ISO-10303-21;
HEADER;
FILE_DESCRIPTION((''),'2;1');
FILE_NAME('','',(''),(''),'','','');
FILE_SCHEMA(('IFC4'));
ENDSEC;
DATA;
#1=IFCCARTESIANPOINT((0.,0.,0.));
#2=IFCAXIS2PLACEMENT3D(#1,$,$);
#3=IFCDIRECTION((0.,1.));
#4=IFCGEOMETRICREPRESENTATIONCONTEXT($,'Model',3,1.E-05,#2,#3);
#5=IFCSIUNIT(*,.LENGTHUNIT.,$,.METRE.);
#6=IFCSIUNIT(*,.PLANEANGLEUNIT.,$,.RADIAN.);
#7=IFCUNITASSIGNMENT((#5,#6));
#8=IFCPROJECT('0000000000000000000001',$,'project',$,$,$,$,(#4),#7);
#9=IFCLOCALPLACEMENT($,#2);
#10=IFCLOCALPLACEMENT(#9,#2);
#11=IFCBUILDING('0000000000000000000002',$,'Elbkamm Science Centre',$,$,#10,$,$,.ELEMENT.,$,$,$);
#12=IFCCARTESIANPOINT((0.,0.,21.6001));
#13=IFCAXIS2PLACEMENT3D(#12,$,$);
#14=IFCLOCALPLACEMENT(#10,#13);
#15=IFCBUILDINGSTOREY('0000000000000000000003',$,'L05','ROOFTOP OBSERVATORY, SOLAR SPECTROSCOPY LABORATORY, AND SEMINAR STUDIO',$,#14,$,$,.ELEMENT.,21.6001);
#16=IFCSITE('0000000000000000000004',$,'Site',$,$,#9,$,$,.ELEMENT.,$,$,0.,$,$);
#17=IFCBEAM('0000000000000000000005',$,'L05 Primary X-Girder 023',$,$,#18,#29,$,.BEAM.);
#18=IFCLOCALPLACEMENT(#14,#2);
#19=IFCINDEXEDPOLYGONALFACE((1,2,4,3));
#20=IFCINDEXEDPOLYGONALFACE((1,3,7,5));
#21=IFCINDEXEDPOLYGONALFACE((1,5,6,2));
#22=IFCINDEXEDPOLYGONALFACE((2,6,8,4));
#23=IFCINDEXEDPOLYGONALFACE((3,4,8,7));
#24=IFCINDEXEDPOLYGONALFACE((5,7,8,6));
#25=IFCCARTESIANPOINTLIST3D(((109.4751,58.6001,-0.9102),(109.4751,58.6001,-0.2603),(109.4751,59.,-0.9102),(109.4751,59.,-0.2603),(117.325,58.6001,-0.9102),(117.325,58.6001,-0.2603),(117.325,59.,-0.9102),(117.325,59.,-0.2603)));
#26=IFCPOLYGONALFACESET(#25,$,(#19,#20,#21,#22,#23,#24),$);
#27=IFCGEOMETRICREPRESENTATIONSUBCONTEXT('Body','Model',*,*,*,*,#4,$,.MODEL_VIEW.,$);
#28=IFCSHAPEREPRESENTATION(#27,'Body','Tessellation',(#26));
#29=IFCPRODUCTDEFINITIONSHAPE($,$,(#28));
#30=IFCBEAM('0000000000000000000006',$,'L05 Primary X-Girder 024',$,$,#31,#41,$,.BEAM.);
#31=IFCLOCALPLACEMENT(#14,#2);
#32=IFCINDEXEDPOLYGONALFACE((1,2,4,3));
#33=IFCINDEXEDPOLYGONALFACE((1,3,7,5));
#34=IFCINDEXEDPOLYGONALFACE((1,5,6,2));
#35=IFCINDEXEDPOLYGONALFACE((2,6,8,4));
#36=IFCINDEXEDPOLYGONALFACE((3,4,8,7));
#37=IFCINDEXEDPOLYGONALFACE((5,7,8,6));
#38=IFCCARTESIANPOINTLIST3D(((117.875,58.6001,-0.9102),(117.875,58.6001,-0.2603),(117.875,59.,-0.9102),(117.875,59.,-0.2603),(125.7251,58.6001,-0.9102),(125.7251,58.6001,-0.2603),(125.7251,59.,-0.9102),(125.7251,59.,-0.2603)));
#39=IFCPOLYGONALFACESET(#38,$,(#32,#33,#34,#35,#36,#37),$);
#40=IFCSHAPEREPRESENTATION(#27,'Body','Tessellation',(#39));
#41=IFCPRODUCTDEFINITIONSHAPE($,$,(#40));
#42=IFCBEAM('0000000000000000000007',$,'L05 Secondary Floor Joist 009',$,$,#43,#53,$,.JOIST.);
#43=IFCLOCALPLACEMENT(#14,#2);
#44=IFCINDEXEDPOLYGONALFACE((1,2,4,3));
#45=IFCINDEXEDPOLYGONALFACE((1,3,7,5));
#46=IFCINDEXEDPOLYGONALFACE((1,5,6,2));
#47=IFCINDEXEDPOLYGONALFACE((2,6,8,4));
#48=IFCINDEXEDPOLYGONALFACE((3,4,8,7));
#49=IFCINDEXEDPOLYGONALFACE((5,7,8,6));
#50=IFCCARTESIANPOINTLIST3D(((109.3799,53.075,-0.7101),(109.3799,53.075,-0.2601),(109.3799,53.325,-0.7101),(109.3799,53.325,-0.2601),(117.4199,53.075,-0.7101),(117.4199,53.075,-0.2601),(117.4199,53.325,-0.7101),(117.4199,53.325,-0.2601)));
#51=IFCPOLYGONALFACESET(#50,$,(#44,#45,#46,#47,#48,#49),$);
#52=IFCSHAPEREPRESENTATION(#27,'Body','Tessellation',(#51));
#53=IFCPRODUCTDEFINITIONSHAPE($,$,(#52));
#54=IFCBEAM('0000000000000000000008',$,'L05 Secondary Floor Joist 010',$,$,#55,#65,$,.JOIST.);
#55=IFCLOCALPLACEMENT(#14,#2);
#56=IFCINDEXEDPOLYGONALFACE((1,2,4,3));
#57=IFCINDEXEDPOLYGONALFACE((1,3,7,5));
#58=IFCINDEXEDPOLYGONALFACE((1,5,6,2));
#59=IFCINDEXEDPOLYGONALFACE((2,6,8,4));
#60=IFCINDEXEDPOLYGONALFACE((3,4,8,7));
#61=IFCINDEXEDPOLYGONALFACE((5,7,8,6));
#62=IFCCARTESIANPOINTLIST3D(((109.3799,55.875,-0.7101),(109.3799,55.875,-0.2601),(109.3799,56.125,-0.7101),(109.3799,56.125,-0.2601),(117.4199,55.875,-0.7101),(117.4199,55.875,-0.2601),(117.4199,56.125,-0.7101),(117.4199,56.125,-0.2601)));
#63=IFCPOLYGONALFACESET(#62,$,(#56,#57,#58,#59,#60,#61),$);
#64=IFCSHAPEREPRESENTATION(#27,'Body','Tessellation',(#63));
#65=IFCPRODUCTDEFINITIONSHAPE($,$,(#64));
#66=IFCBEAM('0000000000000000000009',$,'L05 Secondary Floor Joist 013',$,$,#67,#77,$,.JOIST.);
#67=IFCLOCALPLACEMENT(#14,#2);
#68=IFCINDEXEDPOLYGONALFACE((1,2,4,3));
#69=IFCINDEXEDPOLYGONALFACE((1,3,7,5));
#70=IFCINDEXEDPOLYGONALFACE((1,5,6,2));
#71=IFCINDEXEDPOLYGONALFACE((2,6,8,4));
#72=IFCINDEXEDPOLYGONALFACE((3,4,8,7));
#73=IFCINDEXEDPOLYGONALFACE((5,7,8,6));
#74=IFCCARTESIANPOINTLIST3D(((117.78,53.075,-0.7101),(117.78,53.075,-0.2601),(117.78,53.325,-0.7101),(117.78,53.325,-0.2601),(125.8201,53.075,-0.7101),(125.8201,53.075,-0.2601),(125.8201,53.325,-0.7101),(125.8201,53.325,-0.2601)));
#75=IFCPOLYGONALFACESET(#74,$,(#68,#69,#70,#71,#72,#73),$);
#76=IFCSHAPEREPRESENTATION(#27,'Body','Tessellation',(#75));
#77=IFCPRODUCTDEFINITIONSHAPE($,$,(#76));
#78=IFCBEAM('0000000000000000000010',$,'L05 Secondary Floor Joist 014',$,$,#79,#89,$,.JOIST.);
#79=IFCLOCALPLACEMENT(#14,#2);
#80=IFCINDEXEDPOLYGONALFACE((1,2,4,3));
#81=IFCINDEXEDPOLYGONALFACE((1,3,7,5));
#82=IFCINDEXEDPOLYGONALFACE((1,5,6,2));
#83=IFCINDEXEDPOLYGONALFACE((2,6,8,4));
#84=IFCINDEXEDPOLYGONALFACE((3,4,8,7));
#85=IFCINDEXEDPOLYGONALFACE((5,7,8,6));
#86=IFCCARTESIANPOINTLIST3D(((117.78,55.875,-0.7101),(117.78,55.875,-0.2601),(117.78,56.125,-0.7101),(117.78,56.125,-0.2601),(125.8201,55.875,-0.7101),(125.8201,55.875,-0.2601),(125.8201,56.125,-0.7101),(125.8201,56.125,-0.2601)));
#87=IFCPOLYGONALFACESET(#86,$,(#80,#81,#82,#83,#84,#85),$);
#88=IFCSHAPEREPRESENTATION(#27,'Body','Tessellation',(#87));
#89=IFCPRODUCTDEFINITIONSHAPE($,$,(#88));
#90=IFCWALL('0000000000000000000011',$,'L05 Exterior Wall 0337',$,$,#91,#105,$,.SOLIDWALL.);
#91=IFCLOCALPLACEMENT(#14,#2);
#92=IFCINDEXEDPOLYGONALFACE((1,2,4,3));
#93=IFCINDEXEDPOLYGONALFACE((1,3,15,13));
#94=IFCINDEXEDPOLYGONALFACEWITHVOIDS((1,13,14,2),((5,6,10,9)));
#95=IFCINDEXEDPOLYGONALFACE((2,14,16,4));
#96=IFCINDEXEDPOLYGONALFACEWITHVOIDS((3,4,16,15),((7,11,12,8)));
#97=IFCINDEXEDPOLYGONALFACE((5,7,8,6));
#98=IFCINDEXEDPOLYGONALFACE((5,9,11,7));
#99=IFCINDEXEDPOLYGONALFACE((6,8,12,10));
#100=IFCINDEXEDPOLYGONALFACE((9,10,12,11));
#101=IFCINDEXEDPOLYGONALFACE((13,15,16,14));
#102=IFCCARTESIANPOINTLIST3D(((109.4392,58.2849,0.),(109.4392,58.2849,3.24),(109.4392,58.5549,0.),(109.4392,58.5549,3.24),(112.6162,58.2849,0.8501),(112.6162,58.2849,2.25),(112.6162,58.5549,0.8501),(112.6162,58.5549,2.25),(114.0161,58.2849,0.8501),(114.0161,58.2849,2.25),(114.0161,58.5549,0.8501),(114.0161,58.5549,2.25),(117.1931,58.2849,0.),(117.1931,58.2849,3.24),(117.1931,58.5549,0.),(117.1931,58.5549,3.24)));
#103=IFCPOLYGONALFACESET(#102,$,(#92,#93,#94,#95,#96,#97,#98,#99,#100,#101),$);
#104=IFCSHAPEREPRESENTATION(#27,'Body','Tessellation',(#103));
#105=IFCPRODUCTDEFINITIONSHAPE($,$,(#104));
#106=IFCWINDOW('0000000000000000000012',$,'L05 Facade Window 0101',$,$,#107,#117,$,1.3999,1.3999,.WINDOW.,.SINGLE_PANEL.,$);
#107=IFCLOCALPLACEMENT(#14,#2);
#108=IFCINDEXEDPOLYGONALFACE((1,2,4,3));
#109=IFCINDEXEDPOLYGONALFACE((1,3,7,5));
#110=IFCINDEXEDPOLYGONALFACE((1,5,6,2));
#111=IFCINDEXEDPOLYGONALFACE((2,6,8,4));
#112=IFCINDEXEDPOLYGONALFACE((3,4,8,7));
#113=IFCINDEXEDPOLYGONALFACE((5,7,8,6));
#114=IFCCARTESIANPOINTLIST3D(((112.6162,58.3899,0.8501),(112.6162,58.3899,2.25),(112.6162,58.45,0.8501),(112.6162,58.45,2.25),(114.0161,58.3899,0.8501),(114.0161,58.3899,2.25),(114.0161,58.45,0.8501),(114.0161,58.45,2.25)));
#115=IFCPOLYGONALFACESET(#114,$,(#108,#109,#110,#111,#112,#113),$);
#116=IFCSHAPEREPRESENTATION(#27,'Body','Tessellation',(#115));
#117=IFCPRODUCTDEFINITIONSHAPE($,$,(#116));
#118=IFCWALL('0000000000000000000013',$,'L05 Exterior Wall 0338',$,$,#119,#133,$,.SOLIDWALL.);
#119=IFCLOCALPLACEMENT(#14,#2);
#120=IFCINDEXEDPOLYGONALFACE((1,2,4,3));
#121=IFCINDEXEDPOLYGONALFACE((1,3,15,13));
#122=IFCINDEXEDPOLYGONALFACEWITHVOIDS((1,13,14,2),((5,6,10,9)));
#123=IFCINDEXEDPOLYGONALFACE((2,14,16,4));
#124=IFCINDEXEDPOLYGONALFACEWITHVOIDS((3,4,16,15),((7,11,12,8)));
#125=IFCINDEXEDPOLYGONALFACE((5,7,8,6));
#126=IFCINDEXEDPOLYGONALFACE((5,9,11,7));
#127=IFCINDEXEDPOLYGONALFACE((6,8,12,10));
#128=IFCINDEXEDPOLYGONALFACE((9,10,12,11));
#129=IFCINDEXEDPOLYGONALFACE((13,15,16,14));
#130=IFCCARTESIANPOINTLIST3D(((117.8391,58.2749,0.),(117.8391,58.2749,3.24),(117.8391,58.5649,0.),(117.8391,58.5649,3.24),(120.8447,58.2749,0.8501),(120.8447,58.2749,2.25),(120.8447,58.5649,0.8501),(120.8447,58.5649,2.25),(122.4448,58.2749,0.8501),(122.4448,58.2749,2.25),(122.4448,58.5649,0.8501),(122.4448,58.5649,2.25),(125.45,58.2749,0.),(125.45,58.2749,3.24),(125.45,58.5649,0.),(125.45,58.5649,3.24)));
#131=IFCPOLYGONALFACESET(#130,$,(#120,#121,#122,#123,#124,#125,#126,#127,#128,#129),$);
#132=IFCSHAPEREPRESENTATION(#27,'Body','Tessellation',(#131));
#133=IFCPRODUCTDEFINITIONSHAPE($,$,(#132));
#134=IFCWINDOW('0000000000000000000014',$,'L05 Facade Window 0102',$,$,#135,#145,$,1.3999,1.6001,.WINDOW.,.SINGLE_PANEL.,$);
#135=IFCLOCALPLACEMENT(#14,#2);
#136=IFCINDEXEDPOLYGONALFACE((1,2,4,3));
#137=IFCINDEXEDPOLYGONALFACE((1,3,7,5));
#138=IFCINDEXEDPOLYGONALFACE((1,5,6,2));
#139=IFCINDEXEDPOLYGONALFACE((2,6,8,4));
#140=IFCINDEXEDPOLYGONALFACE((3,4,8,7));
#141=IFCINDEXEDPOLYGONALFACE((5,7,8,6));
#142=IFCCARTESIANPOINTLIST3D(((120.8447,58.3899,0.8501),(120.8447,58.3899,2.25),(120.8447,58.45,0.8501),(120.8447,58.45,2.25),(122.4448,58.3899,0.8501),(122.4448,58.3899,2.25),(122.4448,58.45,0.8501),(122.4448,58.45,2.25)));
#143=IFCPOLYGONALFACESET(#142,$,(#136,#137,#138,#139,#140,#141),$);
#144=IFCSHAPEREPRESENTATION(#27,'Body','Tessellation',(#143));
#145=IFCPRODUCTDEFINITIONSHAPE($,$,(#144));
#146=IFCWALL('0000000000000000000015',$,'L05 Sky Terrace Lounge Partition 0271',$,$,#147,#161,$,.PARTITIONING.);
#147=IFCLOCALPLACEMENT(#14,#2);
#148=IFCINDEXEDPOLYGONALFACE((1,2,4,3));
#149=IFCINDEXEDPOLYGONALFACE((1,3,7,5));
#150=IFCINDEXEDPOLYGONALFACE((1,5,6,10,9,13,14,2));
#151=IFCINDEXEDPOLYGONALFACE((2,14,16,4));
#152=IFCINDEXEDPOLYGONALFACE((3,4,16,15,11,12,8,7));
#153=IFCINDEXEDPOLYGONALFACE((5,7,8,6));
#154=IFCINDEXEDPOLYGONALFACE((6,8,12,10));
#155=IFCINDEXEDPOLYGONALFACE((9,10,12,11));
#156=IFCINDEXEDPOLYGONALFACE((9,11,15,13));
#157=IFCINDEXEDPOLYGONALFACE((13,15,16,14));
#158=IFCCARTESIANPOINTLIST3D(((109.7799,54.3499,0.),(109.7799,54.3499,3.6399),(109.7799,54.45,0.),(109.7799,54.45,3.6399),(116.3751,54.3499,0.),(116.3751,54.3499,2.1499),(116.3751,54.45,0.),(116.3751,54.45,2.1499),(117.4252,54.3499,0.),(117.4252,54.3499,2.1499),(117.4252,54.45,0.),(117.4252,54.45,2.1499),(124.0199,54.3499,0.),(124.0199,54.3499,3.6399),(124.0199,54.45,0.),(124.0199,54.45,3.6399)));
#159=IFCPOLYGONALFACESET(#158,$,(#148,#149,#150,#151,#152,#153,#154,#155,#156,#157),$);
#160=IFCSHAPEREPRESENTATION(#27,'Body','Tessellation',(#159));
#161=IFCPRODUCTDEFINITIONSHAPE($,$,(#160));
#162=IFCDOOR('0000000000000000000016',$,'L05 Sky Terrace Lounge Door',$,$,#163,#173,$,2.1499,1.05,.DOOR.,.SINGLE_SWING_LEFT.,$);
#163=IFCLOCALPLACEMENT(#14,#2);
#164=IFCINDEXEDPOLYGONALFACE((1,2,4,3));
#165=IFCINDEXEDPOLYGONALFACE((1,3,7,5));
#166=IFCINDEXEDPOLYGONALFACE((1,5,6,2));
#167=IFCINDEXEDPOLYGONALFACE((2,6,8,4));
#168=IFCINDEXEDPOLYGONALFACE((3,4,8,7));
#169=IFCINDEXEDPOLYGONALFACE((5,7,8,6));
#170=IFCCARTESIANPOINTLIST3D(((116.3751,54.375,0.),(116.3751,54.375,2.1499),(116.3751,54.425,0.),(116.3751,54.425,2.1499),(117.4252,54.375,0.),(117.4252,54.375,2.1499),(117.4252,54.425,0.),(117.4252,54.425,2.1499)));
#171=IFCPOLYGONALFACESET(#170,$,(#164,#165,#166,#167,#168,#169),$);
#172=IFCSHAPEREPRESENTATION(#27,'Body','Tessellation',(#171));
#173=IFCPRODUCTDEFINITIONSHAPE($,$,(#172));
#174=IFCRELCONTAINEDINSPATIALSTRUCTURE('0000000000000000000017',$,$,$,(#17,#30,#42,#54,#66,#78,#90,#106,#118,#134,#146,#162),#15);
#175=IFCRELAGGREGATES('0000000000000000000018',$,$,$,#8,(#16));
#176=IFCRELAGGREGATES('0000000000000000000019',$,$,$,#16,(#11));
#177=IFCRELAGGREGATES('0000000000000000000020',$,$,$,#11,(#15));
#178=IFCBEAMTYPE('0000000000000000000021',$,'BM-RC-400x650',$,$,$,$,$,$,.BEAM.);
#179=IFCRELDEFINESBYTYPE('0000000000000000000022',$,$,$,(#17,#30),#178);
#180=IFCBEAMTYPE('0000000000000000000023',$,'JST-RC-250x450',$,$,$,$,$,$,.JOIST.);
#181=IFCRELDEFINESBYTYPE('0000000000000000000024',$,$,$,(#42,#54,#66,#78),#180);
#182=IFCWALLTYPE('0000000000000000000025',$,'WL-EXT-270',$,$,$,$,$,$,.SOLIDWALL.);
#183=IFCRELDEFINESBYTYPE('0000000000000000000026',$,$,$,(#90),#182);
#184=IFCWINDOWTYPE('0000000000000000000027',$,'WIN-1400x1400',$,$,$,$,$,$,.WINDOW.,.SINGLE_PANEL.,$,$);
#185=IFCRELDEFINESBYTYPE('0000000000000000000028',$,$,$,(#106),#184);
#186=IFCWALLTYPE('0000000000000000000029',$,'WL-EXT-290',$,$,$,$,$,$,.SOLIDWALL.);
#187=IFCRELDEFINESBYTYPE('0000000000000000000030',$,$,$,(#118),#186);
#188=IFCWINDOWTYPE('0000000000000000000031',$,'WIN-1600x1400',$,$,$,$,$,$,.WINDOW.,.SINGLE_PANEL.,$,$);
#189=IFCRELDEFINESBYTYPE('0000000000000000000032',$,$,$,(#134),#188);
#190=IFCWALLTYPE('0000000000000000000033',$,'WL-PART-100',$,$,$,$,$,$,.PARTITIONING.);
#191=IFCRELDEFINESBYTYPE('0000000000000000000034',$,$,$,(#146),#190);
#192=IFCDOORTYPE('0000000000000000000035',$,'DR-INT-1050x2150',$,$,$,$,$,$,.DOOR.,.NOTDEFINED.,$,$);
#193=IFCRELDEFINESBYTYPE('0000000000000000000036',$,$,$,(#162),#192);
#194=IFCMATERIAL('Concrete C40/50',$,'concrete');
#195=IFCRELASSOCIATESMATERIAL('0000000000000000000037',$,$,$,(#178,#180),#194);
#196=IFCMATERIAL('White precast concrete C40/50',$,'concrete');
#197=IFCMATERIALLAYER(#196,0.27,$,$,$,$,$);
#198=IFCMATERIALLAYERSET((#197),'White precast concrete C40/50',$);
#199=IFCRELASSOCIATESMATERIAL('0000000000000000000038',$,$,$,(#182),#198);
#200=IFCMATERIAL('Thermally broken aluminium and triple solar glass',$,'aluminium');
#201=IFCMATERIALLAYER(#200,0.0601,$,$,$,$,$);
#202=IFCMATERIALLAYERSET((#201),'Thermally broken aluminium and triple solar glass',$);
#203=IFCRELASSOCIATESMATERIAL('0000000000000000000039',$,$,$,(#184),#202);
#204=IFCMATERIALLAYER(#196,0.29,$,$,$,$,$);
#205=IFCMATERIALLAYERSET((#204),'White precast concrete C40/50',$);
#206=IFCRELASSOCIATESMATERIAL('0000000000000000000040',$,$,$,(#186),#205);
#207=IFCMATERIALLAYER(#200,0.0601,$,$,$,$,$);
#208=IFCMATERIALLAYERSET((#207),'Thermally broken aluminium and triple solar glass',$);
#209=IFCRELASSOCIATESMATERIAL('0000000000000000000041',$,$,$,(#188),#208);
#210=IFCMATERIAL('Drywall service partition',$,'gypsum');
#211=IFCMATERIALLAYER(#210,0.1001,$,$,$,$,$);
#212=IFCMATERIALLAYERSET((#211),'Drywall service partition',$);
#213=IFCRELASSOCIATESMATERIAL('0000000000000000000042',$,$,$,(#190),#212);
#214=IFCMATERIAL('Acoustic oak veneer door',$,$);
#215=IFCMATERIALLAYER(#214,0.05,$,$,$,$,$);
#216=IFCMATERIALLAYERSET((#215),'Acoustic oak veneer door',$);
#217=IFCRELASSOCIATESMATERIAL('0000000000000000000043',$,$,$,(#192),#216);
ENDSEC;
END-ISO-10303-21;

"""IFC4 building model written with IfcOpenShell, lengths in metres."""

from ifc_helpers import new_model, si_unit, direction, frame, frame_2d, origin, origin_2d, place, context, subcontext, project, spatial, rectangle, extrude, material, layer, layer_set, material_profile, profile_set, type_object, element, fill, save


model = new_model("IFC4")

# Units and contexts
model_context = context("Model", 3, precision=1e-05, world=origin(), true_north=direction((0.0, 1.0)))
body_context = subcontext(model_context, "Body", "Model", "MODEL_VIEW")
ifc_project = project(units=[si_unit("LENGTHUNIT", "METRE"), si_unit("PLANEANGLEUNIT", "RADIAN")], contexts=[model_context])

# Site, building, storey
site_placement = place(None, origin())
site = spatial("IfcSite", under=ifc_project, at=site_placement, Name="Site", CompositionType="ELEMENT", RefElevation=0.0)
building_placement = place(site_placement, origin())
building = spatial("IfcBuilding", under=site, at=building_placement, Name="Elbkamm Science Centre", CompositionType="ELEMENT")
storey_placement = place(building_placement, frame((0.0, 0.0, 21.6001)))
storey = spatial("IfcBuildingStorey", under=building, at=storey_placement, Name="L05", Description="ROOFTOP OBSERVATORY, SOLAR SPECTROSCOPY LABORATORY, AND SEMINAR STUDIO", CompositionType="ELEMENT", Elevation=21.6001)

# Shared definitions
ifc_material_1 = material(Name="Concrete C40/50", Category="concrete")

# Beams
ifc_material_profile_1 = material_profile(ifc_material_1, rectangle(XDim=0.3999, YDim=0.6499, at=origin_2d()), Name="RC 400x650")
ifc_profile_set_1 = profile_set([ifc_material_profile_1], Name="Concrete C40/50")
beam_type_1 = type_object("IfcBeamType", Name="BM-RC-400x650", PredefinedType="BEAM", material=ifc_profile_set_1)
beam_1_placement = place(storey_placement, frame((109.4751, 58.8, -0.5852), z_axis=(1.0, 0.0, 0.0), x_axis=(0.0, 1.0, 0.0)))
element("IfcBeam", 1, at=beam_1_placement, inside=storey, type_object=beam_type_1, Name="L05 Primary X-Girder 023", PredefinedType="BEAM", context=body_context, shape_type="SweptSolid", body=[
    extrude(rectangle(XDim=0.3999, YDim=0.6499, at=origin_2d()), origin(), (0.0, 0.0, 1.0), 7.8499),
])
beam_2_placement = place(storey_placement, frame((117.875, 58.8, -0.5852), z_axis=(1.0, 0.0, 0.0), x_axis=(0.0, 1.0, 0.0)))
element("IfcBeam", 2, at=beam_2_placement, inside=storey, type_object=beam_type_1, Name="L05 Primary X-Girder 024", PredefinedType="BEAM", context=body_context, shape_type="SweptSolid", body=[
    extrude(rectangle(XDim=0.3999, YDim=0.6499, at=origin_2d()), origin(), (0.0, 0.0, 1.0), 7.8501),
])
ifc_material_profile_2 = material_profile(ifc_material_1, rectangle(XDim=0.25, YDim=0.45, at=origin_2d()), Name="RC 250x450")
ifc_profile_set_2 = profile_set([ifc_material_profile_2], Name="Concrete C40/50")
beam_type_2 = type_object("IfcBeamType", Name="JST-RC-250x450", PredefinedType="JOIST", material=ifc_profile_set_2)
for number, where, z_axis, x_axis, name in (
    (3, (109.3799, 53.2, -0.4851), (1.0, 0.0, 0.0), (0.0, 1.0, 0.0), "L05 Secondary Floor Joist 009"),
    (4, (109.3799, 56.0, -0.4851), (1.0, 0.0, 0.0), (0.0, 1.0, 0.0), "L05 Secondary Floor Joist 010"),
    (5, (117.78, 53.2, -0.4851), (1.0, 0.0, 0.0), (0.0, 1.0, 0.0), "L05 Secondary Floor Joist 013"),
    (6, (117.78, 56.0, -0.4851), (1.0, 0.0, 0.0), (0.0, 1.0, 0.0), "L05 Secondary Floor Joist 014"),
):
    element("IfcBeam", number, at=place(storey_placement, frame(where, z_axis=z_axis, x_axis=x_axis)), inside=storey, type_object=beam_type_2, Name=name, PredefinedType="JOIST", context=body_context, shape_type="SweptSolid", body=[
        extrude(rectangle(XDim=0.25, YDim=0.45, at=origin_2d()), origin(), (0.0, 0.0, 1.0), 8.04),
    ])

# Walls, openings, windows
ifc_material_2 = material(Name="White precast concrete C40/50", Category="concrete")
ifc_layer_1 = layer(ifc_material_2, 0.27)
ifc_layer_set_1 = layer_set([ifc_layer_1], Name="White precast concrete C40/50")
wall_type_1 = type_object("IfcWallType", Name="WL-EXT-270", PredefinedType="SOLIDWALL", material=ifc_layer_set_1)
wall_1_placement = place(storey_placement, frame((109.4392, 58.4199, 0.0), z_axis=(0.0, 0.0, 1.0), x_axis=(1.0, 0.0, 0.0)))
wall_1 = element("IfcWall", 7, at=wall_1_placement, inside=storey, type_object=wall_type_1, Name="L05 Exterior Wall 0337", PredefinedType="SOLIDWALL", context=body_context, shape_type="SweptSolid", body=[
    extrude(rectangle(XDim=7.7539, YDim=0.27, at=frame_2d((3.877, 0.0))), origin(), (0.0, 0.0, 1.0), 3.24),
])
opening_1_placement = place(wall_1_placement, frame((3.177, 0.0, 0.8501)))
opening_1 = element("IfcOpeningElement", 8, at=opening_1_placement, cuts=wall_1, PredefinedType="OPENING", context=body_context, shape_type="SweptSolid", body=[
    extrude(rectangle(XDim=1.3999, YDim=1.3999, at=frame_2d((0.7, 0.7))), frame((0.0, 0.147, 0.0), z_axis=(0.0, -1.0, 0.0), x_axis=(1.0, 0.0, 0.0)), (0.0, 0.0, 1.0), 0.2939),
])
ifc_material_3 = material(Name="Thermally broken aluminium and triple solar glass", Category="aluminium")
ifc_layer_2 = layer(ifc_material_3, 0.0601)
ifc_layer_set_2 = layer_set([ifc_layer_2], Name="Thermally broken aluminium and triple solar glass")
window_type_1 = type_object("IfcWindowType", Name="WIN-1400x1400", PartitioningType="SINGLE_PANEL", PredefinedType="WINDOW", material=ifc_layer_set_2)
window_1_placement = place(opening_1_placement, origin())
window_1 = element("IfcWindow", 9, at=window_1_placement, inside=storey, type_object=window_type_1, Name="L05 Facade Window 0101", OverallHeight=1.3999, OverallWidth=1.3999, PartitioningType="SINGLE_PANEL", PredefinedType="WINDOW", context=body_context, shape_type="SweptSolid", body=[
    extrude(rectangle(XDim=1.3999, YDim=1.3999, at=frame_2d((0.7, 0.7))), frame((0.0, 0.03, 0.0), z_axis=(0.0, -1.0, 0.0), x_axis=(1.0, 0.0, 0.0)), (0.0, 0.0, 1.0), 0.0601),
])
fill(opening_1, window_1)
ifc_layer_3 = layer(ifc_material_2, 0.29)
ifc_layer_set_3 = layer_set([ifc_layer_3], Name="White precast concrete C40/50")
wall_type_2 = type_object("IfcWallType", Name="WL-EXT-290", PredefinedType="SOLIDWALL", material=ifc_layer_set_3)
wall_2_placement = place(storey_placement, frame((117.8391, 58.4199, 0.0), z_axis=(0.0, 0.0, 1.0), x_axis=(1.0, 0.0, 0.0)))
wall_2 = element("IfcWall", 10, at=wall_2_placement, inside=storey, type_object=wall_type_2, Name="L05 Exterior Wall 0338", PredefinedType="SOLIDWALL", context=body_context, shape_type="SweptSolid", body=[
    extrude(rectangle(XDim=7.6108, YDim=0.29, at=frame_2d((3.8054, 0.0))), origin(), (0.0, 0.0, 1.0), 3.24),
])
opening_2_placement = place(wall_2_placement, frame((3.0056, 0.0, 0.8501)))
opening_2 = element("IfcOpeningElement", 11, at=opening_2_placement, cuts=wall_2, PredefinedType="OPENING", context=body_context, shape_type="SweptSolid", body=[
    extrude(rectangle(XDim=1.6001, YDim=1.3999, at=frame_2d((0.8, 0.7))), frame((0.0, 0.157, 0.0), z_axis=(0.0, -1.0, 0.0), x_axis=(1.0, 0.0, 0.0)), (0.0, 0.0, 1.0), 0.314),
])
ifc_layer_4 = layer(ifc_material_3, 0.0601)
ifc_layer_set_4 = layer_set([ifc_layer_4], Name="Thermally broken aluminium and triple solar glass")
window_type_2 = type_object("IfcWindowType", Name="WIN-1600x1400", PartitioningType="SINGLE_PANEL", PredefinedType="WINDOW", material=ifc_layer_set_4)
window_2_placement = place(opening_2_placement, origin())
window_2 = element("IfcWindow", 12, at=window_2_placement, inside=storey, type_object=window_type_2, Name="L05 Facade Window 0102", OverallHeight=1.3999, OverallWidth=1.6001, PartitioningType="SINGLE_PANEL", PredefinedType="WINDOW", context=body_context, shape_type="SweptSolid", body=[
    extrude(rectangle(XDim=1.6001, YDim=1.3999, at=frame_2d((0.8, 0.7))), frame((0.0, 0.03, 0.0), z_axis=(0.0, -1.0, 0.0), x_axis=(1.0, 0.0, 0.0)), (0.0, 0.0, 1.0), 0.0601),
])
fill(opening_2, window_2)

# Wall, opening, door
ifc_material_4 = material(Name="Drywall service partition", Category="gypsum")
ifc_layer_5 = layer(ifc_material_4, 0.1001)
ifc_layer_set_5 = layer_set([ifc_layer_5], Name="Drywall service partition")
wall_type_3 = type_object("IfcWallType", Name="WL-PART-100", PredefinedType="PARTITIONING", material=ifc_layer_set_5)
wall_3_placement = place(storey_placement, frame((124.02, 54.3999, 0.0), z_axis=(0.0, 0.0, 1.0), x_axis=(-1.0, 0.0, 0.0)))
wall_3 = element("IfcWall", 13, at=wall_3_placement, inside=storey, type_object=wall_type_3, Name="L05 Sky Terrace Lounge Partition 0271", PredefinedType="PARTITIONING", context=body_context, shape_type="SweptSolid", body=[
    extrude(rectangle(XDim=14.24, YDim=0.1001, at=frame_2d((7.1201, 0.0))), origin(), (0.0, 0.0, 1.0), 3.6399),
])
opening_3_placement = place(wall_3_placement, frame((6.595, 0.0, 0.0)))
opening_3 = element("IfcOpeningElement", 14, at=opening_3_placement, cuts=wall_3, PredefinedType="OPENING", context=body_context, shape_type="SweptSolid", body=[
    extrude(rectangle(XDim=1.05, YDim=2.1499, at=frame_2d((0.5249, 1.075))), frame((0.0, 0.062, 0.0), z_axis=(0.0, -1.0, 0.0), x_axis=(1.0, 0.0, 0.0)), (0.0, 0.0, 1.0), 0.124),
])
ifc_material_5 = material(Name="Acoustic oak veneer door")
ifc_layer_6 = layer(ifc_material_5, 0.05)
ifc_layer_set_6 = layer_set([ifc_layer_6], Name="Acoustic oak veneer door")
door_type_1 = type_object("IfcDoorType", Name="DR-INT-1050x2150", OperationType="NOTDEFINED", PredefinedType="DOOR", material=ifc_layer_set_6)
door_1_placement = place(opening_3_placement, origin())
door_1 = element("IfcDoor", 15, at=door_1_placement, inside=storey, type_object=door_type_1, Name="L05 Sky Terrace Lounge Door", OperationType="SINGLE_SWING_LEFT", OverallHeight=2.1499, OverallWidth=1.05, PredefinedType="DOOR", context=body_context, shape_type="SweptSolid", body=[
    extrude(rectangle(XDim=1.05, YDim=2.1499, at=frame_2d((0.5249, 1.075))), frame((0.0, 0.0249, 0.0), z_axis=(0.0, -1.0, 0.0), x_axis=(1.0, 0.0, 0.0)), (0.0, 0.0, 1.0), 0.05),
])
fill(opening_3, door_1)

save(model, "model.ifc")
